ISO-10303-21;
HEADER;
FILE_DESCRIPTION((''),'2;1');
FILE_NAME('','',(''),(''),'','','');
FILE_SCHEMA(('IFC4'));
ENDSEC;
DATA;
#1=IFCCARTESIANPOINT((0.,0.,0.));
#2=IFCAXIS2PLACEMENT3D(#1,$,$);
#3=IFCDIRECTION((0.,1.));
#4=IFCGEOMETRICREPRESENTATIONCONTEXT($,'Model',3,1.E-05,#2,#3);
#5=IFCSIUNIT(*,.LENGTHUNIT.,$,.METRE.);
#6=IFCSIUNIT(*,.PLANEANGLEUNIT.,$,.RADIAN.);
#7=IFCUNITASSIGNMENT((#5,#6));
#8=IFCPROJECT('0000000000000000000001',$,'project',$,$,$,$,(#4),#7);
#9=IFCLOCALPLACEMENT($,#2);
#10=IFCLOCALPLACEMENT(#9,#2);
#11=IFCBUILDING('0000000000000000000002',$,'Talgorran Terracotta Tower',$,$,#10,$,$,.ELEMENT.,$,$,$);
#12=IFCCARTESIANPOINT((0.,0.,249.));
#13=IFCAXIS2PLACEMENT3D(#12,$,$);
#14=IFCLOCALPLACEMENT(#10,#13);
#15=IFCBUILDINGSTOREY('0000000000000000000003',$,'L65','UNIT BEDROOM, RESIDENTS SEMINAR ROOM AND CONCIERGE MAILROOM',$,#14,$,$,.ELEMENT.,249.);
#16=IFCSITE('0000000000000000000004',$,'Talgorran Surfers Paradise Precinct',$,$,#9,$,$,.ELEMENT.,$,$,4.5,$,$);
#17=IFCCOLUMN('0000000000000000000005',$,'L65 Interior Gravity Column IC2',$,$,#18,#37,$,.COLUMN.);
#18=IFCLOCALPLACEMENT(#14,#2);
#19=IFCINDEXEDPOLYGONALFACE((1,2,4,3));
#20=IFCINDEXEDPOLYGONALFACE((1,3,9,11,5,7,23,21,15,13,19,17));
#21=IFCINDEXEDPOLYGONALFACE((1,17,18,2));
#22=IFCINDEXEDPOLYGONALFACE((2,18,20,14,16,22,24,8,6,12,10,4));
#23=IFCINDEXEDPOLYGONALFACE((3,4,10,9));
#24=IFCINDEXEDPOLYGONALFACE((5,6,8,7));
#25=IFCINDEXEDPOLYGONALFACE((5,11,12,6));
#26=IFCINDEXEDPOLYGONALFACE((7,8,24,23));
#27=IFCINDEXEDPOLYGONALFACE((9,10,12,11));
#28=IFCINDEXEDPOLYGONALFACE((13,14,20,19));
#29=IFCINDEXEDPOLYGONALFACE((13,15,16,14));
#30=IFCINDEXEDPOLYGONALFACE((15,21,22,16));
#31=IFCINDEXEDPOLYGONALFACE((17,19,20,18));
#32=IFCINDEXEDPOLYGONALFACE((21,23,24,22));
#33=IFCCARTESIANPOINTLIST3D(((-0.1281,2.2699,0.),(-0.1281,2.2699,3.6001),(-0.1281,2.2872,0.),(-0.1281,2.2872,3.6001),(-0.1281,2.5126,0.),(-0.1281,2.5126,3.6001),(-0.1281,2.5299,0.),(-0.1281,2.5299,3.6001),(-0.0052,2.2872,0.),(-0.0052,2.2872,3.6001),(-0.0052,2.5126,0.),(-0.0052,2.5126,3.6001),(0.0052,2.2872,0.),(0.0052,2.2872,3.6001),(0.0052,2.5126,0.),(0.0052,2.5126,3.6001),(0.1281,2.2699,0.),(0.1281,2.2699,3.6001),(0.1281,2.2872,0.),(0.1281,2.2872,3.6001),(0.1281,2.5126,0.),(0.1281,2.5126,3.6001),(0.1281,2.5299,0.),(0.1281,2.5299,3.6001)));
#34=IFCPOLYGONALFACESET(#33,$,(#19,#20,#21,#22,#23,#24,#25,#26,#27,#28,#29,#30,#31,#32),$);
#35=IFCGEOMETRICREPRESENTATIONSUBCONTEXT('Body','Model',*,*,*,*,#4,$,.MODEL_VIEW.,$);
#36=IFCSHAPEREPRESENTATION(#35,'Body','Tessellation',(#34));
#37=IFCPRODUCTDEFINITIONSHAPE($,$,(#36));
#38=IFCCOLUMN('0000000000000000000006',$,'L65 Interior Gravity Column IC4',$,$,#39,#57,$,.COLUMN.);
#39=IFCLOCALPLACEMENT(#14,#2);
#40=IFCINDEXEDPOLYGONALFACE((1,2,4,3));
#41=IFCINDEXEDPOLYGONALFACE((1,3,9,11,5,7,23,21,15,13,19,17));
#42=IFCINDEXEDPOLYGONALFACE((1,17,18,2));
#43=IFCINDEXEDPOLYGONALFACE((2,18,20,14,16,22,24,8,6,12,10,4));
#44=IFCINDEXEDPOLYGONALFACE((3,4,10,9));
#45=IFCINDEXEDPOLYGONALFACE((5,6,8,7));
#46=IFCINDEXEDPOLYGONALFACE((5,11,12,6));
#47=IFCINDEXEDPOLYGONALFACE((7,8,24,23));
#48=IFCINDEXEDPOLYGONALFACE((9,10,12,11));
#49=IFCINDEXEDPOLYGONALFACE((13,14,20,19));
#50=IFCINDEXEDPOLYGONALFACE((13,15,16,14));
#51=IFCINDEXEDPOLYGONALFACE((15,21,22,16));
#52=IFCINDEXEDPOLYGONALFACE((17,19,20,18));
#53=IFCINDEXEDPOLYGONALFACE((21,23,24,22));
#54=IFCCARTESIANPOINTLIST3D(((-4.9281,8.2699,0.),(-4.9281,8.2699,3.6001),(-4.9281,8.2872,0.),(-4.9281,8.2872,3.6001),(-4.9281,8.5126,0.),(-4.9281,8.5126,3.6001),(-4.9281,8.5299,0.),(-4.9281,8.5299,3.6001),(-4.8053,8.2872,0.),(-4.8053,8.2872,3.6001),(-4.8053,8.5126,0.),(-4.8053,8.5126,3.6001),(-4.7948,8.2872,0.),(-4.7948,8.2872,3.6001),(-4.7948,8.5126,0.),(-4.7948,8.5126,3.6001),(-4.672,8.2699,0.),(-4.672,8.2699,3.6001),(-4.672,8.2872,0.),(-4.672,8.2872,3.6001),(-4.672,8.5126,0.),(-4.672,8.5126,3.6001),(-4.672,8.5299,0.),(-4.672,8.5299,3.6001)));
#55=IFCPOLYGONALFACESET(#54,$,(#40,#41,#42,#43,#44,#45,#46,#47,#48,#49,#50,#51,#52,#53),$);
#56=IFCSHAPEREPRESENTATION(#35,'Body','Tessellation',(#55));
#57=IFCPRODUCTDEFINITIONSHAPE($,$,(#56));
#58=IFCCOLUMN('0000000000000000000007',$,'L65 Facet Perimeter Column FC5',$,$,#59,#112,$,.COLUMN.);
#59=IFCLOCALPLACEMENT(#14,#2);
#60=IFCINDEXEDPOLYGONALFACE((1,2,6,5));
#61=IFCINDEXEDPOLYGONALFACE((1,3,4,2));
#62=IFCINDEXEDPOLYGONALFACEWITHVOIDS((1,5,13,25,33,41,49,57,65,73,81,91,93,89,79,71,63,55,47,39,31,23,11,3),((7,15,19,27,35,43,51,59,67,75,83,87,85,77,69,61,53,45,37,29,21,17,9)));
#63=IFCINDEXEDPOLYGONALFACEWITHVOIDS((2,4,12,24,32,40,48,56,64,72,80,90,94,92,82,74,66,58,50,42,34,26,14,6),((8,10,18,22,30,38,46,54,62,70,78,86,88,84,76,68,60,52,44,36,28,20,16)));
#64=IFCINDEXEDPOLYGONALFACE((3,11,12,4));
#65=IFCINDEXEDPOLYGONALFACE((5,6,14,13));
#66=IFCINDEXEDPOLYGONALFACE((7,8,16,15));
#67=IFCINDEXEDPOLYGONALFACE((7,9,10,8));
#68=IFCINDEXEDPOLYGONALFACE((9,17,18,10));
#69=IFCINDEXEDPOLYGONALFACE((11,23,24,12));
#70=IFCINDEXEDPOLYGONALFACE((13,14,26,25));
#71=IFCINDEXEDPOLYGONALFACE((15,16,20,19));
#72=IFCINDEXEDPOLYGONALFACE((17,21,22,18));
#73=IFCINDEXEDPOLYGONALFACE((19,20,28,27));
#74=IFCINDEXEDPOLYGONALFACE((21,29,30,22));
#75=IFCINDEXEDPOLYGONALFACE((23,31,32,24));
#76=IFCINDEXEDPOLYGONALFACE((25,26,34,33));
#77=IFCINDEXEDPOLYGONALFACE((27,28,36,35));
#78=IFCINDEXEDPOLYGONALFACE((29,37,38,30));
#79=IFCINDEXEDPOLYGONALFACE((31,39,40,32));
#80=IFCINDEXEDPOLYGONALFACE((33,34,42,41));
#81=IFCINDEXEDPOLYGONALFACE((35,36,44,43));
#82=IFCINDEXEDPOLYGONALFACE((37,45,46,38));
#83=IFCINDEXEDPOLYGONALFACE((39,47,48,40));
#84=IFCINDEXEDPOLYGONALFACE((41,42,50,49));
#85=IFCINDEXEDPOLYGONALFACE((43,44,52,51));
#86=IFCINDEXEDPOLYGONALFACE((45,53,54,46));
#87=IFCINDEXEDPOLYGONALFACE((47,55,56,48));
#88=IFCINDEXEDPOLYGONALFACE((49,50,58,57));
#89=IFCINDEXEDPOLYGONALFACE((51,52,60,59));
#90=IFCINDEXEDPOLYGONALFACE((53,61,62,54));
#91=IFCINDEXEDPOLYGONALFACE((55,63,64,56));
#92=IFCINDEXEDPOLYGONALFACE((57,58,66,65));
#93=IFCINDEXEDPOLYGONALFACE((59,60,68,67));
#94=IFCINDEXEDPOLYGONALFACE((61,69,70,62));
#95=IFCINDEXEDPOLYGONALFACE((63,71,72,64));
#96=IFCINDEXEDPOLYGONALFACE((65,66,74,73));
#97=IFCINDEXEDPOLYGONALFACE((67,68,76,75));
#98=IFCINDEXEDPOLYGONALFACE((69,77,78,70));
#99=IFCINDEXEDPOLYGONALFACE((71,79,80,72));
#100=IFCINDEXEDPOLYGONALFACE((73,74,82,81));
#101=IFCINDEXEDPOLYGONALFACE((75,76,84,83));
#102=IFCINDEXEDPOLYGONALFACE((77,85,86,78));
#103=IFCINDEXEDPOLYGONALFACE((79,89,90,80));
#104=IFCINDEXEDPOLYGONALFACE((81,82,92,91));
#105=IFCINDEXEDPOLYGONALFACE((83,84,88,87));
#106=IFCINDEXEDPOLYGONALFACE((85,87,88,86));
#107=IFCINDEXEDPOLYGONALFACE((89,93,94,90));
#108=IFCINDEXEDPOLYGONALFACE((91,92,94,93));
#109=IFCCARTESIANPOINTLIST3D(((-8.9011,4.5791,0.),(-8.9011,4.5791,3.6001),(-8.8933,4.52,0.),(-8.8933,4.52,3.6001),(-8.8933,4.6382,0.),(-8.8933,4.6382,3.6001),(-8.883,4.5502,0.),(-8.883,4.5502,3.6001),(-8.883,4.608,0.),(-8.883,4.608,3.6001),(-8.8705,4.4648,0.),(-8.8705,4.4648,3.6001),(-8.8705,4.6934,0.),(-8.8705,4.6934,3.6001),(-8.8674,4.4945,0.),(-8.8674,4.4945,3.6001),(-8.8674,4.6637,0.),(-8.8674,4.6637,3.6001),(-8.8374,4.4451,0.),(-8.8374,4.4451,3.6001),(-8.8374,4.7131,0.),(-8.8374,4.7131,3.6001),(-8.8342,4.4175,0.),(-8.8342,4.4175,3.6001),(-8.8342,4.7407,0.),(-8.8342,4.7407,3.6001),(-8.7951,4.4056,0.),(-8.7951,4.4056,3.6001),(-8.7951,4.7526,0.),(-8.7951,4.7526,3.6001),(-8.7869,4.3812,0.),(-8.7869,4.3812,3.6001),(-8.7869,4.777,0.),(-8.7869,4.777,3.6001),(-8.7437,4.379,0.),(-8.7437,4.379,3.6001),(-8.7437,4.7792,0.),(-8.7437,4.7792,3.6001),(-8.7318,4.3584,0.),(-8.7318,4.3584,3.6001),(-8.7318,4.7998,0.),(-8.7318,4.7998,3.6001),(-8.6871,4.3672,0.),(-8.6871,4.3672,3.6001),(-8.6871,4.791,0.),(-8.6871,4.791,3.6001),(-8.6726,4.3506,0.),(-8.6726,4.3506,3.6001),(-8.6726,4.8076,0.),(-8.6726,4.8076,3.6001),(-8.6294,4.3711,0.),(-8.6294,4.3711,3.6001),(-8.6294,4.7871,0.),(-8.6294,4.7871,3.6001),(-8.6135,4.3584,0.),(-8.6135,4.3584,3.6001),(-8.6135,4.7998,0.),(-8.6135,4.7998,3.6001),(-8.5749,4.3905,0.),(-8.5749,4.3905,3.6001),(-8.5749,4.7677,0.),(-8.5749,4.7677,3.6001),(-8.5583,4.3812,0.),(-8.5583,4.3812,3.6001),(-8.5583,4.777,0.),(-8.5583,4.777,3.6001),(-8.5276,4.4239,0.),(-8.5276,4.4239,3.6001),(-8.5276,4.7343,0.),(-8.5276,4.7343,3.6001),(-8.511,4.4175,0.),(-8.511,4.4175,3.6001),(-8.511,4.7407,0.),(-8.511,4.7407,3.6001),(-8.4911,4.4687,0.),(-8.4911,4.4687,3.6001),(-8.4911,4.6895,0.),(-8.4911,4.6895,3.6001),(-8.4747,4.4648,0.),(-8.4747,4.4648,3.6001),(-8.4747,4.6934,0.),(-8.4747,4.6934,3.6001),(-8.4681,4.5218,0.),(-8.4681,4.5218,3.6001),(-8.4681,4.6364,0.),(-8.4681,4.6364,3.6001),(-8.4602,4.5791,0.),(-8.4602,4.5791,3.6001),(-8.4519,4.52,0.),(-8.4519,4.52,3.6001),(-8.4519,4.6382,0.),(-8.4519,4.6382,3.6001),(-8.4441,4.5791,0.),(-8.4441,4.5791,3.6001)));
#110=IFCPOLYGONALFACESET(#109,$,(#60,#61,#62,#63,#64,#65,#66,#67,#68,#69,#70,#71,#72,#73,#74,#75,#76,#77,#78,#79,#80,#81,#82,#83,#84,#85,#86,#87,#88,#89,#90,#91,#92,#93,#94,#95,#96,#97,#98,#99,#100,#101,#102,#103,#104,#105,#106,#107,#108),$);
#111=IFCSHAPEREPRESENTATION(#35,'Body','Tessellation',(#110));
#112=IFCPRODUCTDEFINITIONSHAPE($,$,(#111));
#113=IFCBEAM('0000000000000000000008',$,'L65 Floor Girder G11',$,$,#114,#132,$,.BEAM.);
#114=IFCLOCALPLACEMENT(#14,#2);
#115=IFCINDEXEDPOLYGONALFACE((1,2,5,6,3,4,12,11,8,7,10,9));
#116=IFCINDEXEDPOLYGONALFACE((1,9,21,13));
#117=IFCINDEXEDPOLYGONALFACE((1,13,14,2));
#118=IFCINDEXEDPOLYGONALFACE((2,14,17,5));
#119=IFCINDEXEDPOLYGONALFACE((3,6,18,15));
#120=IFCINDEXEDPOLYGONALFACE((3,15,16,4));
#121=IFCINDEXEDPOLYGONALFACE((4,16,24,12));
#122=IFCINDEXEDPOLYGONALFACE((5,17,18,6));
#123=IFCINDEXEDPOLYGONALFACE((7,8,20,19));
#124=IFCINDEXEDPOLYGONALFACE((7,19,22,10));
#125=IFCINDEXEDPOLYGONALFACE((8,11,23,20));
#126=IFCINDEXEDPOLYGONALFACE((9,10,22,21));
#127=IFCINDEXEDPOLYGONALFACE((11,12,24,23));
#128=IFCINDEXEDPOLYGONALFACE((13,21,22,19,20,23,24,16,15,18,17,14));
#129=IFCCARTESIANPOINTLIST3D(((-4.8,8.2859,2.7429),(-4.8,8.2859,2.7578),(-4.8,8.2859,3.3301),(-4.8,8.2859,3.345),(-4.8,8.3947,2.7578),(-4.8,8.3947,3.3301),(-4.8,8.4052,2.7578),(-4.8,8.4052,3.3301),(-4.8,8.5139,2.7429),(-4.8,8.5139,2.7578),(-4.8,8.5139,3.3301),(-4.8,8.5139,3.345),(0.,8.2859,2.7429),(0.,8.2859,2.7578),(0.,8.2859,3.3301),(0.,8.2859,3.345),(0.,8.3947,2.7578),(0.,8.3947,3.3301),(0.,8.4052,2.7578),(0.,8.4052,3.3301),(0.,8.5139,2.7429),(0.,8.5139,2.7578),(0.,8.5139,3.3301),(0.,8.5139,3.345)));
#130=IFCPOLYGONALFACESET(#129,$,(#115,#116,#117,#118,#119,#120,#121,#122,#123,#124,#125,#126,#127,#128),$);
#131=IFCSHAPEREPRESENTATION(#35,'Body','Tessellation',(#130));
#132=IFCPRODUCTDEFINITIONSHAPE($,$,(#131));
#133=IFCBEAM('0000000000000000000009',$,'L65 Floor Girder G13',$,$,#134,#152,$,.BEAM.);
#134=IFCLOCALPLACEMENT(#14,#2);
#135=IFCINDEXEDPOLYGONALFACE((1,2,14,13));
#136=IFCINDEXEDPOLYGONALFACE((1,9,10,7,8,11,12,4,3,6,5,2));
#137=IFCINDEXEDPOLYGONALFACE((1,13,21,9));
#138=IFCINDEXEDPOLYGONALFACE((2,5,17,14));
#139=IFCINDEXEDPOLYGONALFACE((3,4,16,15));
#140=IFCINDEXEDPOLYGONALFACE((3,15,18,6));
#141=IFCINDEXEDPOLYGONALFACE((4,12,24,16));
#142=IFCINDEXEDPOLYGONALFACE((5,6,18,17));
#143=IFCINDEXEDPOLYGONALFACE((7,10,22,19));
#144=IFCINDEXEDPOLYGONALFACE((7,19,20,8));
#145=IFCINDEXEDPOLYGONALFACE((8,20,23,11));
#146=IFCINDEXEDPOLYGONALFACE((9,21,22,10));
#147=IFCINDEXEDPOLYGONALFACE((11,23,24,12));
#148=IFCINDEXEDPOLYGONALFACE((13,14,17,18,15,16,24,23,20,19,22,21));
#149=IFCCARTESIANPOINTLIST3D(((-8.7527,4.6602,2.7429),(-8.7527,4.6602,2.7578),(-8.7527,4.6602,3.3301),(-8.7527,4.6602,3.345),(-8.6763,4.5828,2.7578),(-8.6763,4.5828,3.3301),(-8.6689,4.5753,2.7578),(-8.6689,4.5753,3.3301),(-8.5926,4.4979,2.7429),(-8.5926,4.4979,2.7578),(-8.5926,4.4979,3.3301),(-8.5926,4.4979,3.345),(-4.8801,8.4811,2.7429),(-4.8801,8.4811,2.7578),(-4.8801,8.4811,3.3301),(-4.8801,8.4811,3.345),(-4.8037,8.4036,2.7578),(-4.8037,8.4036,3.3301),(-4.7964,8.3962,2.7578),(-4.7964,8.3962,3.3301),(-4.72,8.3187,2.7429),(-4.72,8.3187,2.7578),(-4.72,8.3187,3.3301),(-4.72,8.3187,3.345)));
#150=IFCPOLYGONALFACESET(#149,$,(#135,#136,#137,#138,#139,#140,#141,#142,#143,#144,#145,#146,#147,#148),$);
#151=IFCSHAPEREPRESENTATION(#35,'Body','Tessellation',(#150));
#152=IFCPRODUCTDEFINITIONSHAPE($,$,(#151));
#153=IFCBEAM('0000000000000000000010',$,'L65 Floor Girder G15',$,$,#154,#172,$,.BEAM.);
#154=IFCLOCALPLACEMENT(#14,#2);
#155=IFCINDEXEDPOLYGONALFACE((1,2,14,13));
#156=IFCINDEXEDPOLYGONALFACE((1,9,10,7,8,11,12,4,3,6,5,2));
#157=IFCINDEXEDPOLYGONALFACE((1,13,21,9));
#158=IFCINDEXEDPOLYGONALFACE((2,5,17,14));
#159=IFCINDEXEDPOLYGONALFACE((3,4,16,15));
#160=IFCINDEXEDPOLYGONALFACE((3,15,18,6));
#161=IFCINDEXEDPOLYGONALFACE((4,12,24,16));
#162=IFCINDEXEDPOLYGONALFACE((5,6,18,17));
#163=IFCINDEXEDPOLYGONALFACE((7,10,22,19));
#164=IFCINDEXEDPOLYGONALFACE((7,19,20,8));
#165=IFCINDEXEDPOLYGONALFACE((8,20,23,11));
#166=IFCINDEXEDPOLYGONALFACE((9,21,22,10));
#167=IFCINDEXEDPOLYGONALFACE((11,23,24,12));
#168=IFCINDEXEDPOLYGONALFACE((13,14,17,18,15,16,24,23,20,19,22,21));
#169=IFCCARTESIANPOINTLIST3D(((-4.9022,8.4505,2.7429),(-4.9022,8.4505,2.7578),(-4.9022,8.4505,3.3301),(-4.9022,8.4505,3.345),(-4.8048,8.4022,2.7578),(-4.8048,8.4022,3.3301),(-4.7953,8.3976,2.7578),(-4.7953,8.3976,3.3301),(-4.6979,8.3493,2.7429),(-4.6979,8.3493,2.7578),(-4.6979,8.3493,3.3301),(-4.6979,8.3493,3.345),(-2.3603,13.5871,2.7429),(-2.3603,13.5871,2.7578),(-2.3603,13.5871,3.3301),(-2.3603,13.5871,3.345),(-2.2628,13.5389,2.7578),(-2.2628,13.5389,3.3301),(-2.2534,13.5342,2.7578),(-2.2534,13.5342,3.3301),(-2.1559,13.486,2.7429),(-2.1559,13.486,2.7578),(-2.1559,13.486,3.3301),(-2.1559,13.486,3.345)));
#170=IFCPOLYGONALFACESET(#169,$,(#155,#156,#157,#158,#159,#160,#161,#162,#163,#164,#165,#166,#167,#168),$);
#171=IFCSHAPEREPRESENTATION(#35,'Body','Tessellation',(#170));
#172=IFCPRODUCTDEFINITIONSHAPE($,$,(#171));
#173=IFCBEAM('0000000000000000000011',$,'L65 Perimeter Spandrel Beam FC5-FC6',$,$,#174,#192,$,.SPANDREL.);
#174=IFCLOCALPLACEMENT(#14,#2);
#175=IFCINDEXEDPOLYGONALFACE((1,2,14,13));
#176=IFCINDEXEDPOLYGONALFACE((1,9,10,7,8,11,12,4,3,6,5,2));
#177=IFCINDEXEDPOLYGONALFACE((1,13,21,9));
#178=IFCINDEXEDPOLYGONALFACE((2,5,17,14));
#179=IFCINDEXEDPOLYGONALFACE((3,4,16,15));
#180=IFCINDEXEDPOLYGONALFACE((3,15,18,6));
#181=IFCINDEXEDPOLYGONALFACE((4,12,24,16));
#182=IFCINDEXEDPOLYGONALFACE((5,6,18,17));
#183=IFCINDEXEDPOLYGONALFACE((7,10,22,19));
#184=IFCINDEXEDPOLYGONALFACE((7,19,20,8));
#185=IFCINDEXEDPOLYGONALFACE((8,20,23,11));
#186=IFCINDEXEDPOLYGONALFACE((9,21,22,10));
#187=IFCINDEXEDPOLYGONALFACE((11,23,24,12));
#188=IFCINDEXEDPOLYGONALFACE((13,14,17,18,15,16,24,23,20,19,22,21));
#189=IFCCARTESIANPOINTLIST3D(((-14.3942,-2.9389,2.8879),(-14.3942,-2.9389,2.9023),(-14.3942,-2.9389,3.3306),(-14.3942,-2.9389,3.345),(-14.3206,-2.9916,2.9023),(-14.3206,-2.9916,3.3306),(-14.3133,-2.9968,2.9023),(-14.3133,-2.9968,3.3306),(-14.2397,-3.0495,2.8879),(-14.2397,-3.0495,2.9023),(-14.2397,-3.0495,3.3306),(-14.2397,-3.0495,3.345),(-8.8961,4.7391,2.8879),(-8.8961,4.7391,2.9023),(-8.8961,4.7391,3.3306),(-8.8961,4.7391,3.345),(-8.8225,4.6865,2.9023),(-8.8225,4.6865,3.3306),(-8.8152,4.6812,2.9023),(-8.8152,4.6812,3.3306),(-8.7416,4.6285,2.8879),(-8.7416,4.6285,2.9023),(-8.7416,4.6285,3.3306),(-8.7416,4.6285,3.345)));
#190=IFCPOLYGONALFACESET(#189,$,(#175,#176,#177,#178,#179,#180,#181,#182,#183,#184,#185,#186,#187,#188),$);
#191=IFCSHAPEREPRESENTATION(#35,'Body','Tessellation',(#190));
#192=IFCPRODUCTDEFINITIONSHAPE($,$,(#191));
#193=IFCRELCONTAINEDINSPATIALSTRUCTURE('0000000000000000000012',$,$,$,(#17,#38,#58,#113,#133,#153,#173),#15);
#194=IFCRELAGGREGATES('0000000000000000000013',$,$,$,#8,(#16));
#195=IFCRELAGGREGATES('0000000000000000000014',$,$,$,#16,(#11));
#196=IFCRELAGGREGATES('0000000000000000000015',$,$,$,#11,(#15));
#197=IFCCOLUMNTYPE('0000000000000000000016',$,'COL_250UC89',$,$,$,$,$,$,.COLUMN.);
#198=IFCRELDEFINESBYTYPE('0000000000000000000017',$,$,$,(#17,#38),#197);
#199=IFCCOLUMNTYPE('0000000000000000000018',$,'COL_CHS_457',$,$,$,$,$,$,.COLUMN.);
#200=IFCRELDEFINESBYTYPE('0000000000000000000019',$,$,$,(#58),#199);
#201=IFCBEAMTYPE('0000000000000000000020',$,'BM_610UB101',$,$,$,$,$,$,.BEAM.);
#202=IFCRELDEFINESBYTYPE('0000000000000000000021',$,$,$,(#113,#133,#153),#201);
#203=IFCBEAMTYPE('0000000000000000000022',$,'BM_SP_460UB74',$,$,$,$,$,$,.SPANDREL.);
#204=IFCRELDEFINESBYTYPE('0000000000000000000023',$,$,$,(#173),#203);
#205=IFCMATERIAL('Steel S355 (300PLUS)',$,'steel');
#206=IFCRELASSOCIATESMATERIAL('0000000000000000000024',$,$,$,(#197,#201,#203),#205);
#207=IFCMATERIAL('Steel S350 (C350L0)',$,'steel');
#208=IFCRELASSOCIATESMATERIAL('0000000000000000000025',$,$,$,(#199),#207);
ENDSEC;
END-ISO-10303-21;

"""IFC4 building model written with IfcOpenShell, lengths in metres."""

from ifc_helpers import new_model, si_unit, direction, frame, origin, origin_2d, place, context, subcontext, project, spatial, hollow_circle, i_section, extrude, material, material_profile, profile_set, type_object, element, save


model = new_model("IFC4")

# Units and contexts
model_context = context("Model", 3, precision=1e-05, world=origin(), true_north=direction((0.0, 1.0)))
body_context = subcontext(model_context, "Body", "Model", "MODEL_VIEW")
ifc_project = project(units=[si_unit("LENGTHUNIT", "METRE"), si_unit("PLANEANGLEUNIT", "RADIAN")], contexts=[model_context])

# Site, building, storey
site_placement = place(None, origin())
site = spatial("IfcSite", under=ifc_project, at=site_placement, Name="Talgorran Surfers Paradise Precinct", CompositionType="ELEMENT", RefElevation=4.5)
building_placement = place(site_placement, origin())
building = spatial("IfcBuilding", under=site, at=building_placement, Name="Talgorran Terracotta Tower", CompositionType="ELEMENT")
storey_placement = place(building_placement, frame((0.0, 0.0, 249.0)))
storey = spatial("IfcBuildingStorey", under=building, at=storey_placement, Name="L65", Description="UNIT BEDROOM, RESIDENTS SEMINAR ROOM AND CONCIERGE MAILROOM", CompositionType="ELEMENT", Elevation=249.0)

# Columns
ifc_material_1 = material(Name="Steel S355 (300PLUS)", Category="steel")
ifc_material_profile_1 = material_profile(ifc_material_1, i_section(OverallWidth=0.2561, OverallDepth=0.26, WebThickness=0.0105, FlangeThickness=0.0173, at=origin_2d()), Name="250UC89.5")
ifc_profile_set_1 = profile_set([ifc_material_profile_1], Name="Steel S355 (300PLUS)")
column_type_1 = type_object("IfcColumnType", Name="COL_250UC89", PredefinedType="COLUMN", material=ifc_profile_set_1)
for number, where, z_axis, x_axis, name in (
    (1, (0.0, 2.3999, 0.0), (0.0, 0.0, 1.0), (1.0, 0.0, 0.0), "L65 Interior Gravity Column IC2"),
    (2, (-4.8, 8.3999, 0.0), (0.0, 0.0, 1.0), (1.0, 0.0, 0.0), "L65 Interior Gravity Column IC4"),
):
    element("IfcColumn", number, at=place(storey_placement, frame(where, z_axis=z_axis, x_axis=x_axis)), inside=storey, type_object=column_type_1, Name=name, PredefinedType="COLUMN", context=body_context, shape_type="SweptSolid", body=[
        extrude(i_section(OverallWidth=0.2561, OverallDepth=0.26, WebThickness=0.0105, FlangeThickness=0.0173, at=origin_2d()), origin(), (0.0, 0.0, 1.0), 3.6001),
    ])
ifc_material_2 = material(Name="Steel S350 (C350L0)", Category="steel")
ifc_material_profile_2 = material_profile(ifc_material_2, hollow_circle(Radius=0.2285, WallThickness=0.0161, at=origin_2d()), Name="CHS457X16")
ifc_profile_set_2 = profile_set([ifc_material_profile_2], Name="Steel S350 (C350L0)")
column_type_2 = type_object("IfcColumnType", Name="COL_CHS_457", PredefinedType="COLUMN", material=ifc_profile_set_2)
column_placement = place(storey_placement, frame((-8.6726, 4.5791, 0.0), z_axis=(0.0, 0.0, 1.0), x_axis=(1.0, 0.0, 0.0)))
element("IfcColumn", 3, at=column_placement, inside=storey, type_object=column_type_2, Name="L65 Facet Perimeter Column FC5", PredefinedType="COLUMN", context=body_context, shape_type="SweptSolid", body=[
    extrude(hollow_circle(Radius=0.2285, WallThickness=0.0161, at=origin_2d()), origin(), (0.0, 0.0, 1.0), 3.6001),
])

# Beams
ifc_material_profile_3 = material_profile(ifc_material_1, i_section(OverallWidth=0.228, OverallDepth=0.6021, WebThickness=0.0105, FlangeThickness=0.0149, at=origin_2d()), Name="610UB101")
ifc_profile_set_3 = profile_set([ifc_material_profile_3], Name="Steel S355 (300PLUS)")
beam_type_1 = type_object("IfcBeamType", Name="BM_610UB101", PredefinedType="BEAM", material=ifc_profile_set_3)
beam_1_placement = place(storey_placement, frame((-4.8, 8.3999, 3.0439), z_axis=(1.0, 0.0, 0.0), x_axis=(0.0, 1.0, 0.0)))
element("IfcBeam", 4, at=beam_1_placement, inside=storey, type_object=beam_type_1, Name="L65 Floor Girder G11", PredefinedType="BEAM", context=body_context, shape_type="SweptSolid", body=[
    extrude(i_section(OverallWidth=0.228, OverallDepth=0.6021, WebThickness=0.0105, FlangeThickness=0.0149, at=origin_2d()), origin(), (0.0, 0.0, 1.0), 4.8),
])
beam_2_placement = place(storey_placement, frame((-4.8, 8.3999, 3.0439), z_axis=(-0.711848, -0.702334, 0.0), x_axis=(0.702334, -0.711848, 0.0)))
element("IfcBeam", 5, at=beam_2_placement, inside=storey, type_object=beam_type_1, Name="L65 Floor Girder G13", PredefinedType="BEAM", context=body_context, shape_type="SweptSolid", body=[
    extrude(i_section(OverallWidth=0.228, OverallDepth=0.6021, WebThickness=0.0105, FlangeThickness=0.0149, at=origin_2d()), origin(), (0.0, 0.0, 1.0), 5.4402),
])
beam_3_placement = place(storey_placement, frame((-4.8, 8.3999, 3.0439), z_axis=(0.443529, 0.89626, 0.0), x_axis=(-0.89626, 0.443529, 0.0)))
element("IfcBeam", 6, at=beam_3_placement, inside=storey, type_object=beam_type_1, Name="L65 Floor Girder G15", PredefinedType="BEAM", context=body_context, shape_type="SweptSolid", body=[
    extrude(i_section(OverallWidth=0.228, OverallDepth=0.6021, WebThickness=0.0105, FlangeThickness=0.0149, at=origin_2d()), origin(), (0.0, 0.0, 1.0), 5.7312),
])
ifc_material_profile_4 = material_profile(ifc_material_1, i_section(OverallWidth=0.1899, OverallDepth=0.457, WebThickness=0.009, FlangeThickness=0.0144, at=origin_2d()), Name="460UB74.6")
ifc_profile_set_4 = profile_set([ifc_material_profile_4], Name="Steel S355 (300PLUS)")
beam_type_2 = type_object("IfcBeamType", Name="BM_SP_460UB74", PredefinedType="SPANDREL", material=ifc_profile_set_4)
beam_4_placement = place(storey_placement, frame((-8.8188, 4.6838, 3.1165), z_axis=(-0.582204, -0.813043, 0.0), x_axis=(0.813043, -0.582204, 0.0)))
element("IfcBeam", 7, at=beam_4_placement, inside=storey, type_object=beam_type_2, Name="L65 Perimeter Spandrel Beam FC5-FC6", PredefinedType="SPANDREL", context=body_context, shape_type="SweptSolid", body=[
    extrude(i_section(OverallWidth=0.1899, OverallDepth=0.457, WebThickness=0.009, FlangeThickness=0.0144, at=origin_2d()), origin(), (0.0, 0.0, 1.0), 9.4436),
])

save(model, "model.ifc")
